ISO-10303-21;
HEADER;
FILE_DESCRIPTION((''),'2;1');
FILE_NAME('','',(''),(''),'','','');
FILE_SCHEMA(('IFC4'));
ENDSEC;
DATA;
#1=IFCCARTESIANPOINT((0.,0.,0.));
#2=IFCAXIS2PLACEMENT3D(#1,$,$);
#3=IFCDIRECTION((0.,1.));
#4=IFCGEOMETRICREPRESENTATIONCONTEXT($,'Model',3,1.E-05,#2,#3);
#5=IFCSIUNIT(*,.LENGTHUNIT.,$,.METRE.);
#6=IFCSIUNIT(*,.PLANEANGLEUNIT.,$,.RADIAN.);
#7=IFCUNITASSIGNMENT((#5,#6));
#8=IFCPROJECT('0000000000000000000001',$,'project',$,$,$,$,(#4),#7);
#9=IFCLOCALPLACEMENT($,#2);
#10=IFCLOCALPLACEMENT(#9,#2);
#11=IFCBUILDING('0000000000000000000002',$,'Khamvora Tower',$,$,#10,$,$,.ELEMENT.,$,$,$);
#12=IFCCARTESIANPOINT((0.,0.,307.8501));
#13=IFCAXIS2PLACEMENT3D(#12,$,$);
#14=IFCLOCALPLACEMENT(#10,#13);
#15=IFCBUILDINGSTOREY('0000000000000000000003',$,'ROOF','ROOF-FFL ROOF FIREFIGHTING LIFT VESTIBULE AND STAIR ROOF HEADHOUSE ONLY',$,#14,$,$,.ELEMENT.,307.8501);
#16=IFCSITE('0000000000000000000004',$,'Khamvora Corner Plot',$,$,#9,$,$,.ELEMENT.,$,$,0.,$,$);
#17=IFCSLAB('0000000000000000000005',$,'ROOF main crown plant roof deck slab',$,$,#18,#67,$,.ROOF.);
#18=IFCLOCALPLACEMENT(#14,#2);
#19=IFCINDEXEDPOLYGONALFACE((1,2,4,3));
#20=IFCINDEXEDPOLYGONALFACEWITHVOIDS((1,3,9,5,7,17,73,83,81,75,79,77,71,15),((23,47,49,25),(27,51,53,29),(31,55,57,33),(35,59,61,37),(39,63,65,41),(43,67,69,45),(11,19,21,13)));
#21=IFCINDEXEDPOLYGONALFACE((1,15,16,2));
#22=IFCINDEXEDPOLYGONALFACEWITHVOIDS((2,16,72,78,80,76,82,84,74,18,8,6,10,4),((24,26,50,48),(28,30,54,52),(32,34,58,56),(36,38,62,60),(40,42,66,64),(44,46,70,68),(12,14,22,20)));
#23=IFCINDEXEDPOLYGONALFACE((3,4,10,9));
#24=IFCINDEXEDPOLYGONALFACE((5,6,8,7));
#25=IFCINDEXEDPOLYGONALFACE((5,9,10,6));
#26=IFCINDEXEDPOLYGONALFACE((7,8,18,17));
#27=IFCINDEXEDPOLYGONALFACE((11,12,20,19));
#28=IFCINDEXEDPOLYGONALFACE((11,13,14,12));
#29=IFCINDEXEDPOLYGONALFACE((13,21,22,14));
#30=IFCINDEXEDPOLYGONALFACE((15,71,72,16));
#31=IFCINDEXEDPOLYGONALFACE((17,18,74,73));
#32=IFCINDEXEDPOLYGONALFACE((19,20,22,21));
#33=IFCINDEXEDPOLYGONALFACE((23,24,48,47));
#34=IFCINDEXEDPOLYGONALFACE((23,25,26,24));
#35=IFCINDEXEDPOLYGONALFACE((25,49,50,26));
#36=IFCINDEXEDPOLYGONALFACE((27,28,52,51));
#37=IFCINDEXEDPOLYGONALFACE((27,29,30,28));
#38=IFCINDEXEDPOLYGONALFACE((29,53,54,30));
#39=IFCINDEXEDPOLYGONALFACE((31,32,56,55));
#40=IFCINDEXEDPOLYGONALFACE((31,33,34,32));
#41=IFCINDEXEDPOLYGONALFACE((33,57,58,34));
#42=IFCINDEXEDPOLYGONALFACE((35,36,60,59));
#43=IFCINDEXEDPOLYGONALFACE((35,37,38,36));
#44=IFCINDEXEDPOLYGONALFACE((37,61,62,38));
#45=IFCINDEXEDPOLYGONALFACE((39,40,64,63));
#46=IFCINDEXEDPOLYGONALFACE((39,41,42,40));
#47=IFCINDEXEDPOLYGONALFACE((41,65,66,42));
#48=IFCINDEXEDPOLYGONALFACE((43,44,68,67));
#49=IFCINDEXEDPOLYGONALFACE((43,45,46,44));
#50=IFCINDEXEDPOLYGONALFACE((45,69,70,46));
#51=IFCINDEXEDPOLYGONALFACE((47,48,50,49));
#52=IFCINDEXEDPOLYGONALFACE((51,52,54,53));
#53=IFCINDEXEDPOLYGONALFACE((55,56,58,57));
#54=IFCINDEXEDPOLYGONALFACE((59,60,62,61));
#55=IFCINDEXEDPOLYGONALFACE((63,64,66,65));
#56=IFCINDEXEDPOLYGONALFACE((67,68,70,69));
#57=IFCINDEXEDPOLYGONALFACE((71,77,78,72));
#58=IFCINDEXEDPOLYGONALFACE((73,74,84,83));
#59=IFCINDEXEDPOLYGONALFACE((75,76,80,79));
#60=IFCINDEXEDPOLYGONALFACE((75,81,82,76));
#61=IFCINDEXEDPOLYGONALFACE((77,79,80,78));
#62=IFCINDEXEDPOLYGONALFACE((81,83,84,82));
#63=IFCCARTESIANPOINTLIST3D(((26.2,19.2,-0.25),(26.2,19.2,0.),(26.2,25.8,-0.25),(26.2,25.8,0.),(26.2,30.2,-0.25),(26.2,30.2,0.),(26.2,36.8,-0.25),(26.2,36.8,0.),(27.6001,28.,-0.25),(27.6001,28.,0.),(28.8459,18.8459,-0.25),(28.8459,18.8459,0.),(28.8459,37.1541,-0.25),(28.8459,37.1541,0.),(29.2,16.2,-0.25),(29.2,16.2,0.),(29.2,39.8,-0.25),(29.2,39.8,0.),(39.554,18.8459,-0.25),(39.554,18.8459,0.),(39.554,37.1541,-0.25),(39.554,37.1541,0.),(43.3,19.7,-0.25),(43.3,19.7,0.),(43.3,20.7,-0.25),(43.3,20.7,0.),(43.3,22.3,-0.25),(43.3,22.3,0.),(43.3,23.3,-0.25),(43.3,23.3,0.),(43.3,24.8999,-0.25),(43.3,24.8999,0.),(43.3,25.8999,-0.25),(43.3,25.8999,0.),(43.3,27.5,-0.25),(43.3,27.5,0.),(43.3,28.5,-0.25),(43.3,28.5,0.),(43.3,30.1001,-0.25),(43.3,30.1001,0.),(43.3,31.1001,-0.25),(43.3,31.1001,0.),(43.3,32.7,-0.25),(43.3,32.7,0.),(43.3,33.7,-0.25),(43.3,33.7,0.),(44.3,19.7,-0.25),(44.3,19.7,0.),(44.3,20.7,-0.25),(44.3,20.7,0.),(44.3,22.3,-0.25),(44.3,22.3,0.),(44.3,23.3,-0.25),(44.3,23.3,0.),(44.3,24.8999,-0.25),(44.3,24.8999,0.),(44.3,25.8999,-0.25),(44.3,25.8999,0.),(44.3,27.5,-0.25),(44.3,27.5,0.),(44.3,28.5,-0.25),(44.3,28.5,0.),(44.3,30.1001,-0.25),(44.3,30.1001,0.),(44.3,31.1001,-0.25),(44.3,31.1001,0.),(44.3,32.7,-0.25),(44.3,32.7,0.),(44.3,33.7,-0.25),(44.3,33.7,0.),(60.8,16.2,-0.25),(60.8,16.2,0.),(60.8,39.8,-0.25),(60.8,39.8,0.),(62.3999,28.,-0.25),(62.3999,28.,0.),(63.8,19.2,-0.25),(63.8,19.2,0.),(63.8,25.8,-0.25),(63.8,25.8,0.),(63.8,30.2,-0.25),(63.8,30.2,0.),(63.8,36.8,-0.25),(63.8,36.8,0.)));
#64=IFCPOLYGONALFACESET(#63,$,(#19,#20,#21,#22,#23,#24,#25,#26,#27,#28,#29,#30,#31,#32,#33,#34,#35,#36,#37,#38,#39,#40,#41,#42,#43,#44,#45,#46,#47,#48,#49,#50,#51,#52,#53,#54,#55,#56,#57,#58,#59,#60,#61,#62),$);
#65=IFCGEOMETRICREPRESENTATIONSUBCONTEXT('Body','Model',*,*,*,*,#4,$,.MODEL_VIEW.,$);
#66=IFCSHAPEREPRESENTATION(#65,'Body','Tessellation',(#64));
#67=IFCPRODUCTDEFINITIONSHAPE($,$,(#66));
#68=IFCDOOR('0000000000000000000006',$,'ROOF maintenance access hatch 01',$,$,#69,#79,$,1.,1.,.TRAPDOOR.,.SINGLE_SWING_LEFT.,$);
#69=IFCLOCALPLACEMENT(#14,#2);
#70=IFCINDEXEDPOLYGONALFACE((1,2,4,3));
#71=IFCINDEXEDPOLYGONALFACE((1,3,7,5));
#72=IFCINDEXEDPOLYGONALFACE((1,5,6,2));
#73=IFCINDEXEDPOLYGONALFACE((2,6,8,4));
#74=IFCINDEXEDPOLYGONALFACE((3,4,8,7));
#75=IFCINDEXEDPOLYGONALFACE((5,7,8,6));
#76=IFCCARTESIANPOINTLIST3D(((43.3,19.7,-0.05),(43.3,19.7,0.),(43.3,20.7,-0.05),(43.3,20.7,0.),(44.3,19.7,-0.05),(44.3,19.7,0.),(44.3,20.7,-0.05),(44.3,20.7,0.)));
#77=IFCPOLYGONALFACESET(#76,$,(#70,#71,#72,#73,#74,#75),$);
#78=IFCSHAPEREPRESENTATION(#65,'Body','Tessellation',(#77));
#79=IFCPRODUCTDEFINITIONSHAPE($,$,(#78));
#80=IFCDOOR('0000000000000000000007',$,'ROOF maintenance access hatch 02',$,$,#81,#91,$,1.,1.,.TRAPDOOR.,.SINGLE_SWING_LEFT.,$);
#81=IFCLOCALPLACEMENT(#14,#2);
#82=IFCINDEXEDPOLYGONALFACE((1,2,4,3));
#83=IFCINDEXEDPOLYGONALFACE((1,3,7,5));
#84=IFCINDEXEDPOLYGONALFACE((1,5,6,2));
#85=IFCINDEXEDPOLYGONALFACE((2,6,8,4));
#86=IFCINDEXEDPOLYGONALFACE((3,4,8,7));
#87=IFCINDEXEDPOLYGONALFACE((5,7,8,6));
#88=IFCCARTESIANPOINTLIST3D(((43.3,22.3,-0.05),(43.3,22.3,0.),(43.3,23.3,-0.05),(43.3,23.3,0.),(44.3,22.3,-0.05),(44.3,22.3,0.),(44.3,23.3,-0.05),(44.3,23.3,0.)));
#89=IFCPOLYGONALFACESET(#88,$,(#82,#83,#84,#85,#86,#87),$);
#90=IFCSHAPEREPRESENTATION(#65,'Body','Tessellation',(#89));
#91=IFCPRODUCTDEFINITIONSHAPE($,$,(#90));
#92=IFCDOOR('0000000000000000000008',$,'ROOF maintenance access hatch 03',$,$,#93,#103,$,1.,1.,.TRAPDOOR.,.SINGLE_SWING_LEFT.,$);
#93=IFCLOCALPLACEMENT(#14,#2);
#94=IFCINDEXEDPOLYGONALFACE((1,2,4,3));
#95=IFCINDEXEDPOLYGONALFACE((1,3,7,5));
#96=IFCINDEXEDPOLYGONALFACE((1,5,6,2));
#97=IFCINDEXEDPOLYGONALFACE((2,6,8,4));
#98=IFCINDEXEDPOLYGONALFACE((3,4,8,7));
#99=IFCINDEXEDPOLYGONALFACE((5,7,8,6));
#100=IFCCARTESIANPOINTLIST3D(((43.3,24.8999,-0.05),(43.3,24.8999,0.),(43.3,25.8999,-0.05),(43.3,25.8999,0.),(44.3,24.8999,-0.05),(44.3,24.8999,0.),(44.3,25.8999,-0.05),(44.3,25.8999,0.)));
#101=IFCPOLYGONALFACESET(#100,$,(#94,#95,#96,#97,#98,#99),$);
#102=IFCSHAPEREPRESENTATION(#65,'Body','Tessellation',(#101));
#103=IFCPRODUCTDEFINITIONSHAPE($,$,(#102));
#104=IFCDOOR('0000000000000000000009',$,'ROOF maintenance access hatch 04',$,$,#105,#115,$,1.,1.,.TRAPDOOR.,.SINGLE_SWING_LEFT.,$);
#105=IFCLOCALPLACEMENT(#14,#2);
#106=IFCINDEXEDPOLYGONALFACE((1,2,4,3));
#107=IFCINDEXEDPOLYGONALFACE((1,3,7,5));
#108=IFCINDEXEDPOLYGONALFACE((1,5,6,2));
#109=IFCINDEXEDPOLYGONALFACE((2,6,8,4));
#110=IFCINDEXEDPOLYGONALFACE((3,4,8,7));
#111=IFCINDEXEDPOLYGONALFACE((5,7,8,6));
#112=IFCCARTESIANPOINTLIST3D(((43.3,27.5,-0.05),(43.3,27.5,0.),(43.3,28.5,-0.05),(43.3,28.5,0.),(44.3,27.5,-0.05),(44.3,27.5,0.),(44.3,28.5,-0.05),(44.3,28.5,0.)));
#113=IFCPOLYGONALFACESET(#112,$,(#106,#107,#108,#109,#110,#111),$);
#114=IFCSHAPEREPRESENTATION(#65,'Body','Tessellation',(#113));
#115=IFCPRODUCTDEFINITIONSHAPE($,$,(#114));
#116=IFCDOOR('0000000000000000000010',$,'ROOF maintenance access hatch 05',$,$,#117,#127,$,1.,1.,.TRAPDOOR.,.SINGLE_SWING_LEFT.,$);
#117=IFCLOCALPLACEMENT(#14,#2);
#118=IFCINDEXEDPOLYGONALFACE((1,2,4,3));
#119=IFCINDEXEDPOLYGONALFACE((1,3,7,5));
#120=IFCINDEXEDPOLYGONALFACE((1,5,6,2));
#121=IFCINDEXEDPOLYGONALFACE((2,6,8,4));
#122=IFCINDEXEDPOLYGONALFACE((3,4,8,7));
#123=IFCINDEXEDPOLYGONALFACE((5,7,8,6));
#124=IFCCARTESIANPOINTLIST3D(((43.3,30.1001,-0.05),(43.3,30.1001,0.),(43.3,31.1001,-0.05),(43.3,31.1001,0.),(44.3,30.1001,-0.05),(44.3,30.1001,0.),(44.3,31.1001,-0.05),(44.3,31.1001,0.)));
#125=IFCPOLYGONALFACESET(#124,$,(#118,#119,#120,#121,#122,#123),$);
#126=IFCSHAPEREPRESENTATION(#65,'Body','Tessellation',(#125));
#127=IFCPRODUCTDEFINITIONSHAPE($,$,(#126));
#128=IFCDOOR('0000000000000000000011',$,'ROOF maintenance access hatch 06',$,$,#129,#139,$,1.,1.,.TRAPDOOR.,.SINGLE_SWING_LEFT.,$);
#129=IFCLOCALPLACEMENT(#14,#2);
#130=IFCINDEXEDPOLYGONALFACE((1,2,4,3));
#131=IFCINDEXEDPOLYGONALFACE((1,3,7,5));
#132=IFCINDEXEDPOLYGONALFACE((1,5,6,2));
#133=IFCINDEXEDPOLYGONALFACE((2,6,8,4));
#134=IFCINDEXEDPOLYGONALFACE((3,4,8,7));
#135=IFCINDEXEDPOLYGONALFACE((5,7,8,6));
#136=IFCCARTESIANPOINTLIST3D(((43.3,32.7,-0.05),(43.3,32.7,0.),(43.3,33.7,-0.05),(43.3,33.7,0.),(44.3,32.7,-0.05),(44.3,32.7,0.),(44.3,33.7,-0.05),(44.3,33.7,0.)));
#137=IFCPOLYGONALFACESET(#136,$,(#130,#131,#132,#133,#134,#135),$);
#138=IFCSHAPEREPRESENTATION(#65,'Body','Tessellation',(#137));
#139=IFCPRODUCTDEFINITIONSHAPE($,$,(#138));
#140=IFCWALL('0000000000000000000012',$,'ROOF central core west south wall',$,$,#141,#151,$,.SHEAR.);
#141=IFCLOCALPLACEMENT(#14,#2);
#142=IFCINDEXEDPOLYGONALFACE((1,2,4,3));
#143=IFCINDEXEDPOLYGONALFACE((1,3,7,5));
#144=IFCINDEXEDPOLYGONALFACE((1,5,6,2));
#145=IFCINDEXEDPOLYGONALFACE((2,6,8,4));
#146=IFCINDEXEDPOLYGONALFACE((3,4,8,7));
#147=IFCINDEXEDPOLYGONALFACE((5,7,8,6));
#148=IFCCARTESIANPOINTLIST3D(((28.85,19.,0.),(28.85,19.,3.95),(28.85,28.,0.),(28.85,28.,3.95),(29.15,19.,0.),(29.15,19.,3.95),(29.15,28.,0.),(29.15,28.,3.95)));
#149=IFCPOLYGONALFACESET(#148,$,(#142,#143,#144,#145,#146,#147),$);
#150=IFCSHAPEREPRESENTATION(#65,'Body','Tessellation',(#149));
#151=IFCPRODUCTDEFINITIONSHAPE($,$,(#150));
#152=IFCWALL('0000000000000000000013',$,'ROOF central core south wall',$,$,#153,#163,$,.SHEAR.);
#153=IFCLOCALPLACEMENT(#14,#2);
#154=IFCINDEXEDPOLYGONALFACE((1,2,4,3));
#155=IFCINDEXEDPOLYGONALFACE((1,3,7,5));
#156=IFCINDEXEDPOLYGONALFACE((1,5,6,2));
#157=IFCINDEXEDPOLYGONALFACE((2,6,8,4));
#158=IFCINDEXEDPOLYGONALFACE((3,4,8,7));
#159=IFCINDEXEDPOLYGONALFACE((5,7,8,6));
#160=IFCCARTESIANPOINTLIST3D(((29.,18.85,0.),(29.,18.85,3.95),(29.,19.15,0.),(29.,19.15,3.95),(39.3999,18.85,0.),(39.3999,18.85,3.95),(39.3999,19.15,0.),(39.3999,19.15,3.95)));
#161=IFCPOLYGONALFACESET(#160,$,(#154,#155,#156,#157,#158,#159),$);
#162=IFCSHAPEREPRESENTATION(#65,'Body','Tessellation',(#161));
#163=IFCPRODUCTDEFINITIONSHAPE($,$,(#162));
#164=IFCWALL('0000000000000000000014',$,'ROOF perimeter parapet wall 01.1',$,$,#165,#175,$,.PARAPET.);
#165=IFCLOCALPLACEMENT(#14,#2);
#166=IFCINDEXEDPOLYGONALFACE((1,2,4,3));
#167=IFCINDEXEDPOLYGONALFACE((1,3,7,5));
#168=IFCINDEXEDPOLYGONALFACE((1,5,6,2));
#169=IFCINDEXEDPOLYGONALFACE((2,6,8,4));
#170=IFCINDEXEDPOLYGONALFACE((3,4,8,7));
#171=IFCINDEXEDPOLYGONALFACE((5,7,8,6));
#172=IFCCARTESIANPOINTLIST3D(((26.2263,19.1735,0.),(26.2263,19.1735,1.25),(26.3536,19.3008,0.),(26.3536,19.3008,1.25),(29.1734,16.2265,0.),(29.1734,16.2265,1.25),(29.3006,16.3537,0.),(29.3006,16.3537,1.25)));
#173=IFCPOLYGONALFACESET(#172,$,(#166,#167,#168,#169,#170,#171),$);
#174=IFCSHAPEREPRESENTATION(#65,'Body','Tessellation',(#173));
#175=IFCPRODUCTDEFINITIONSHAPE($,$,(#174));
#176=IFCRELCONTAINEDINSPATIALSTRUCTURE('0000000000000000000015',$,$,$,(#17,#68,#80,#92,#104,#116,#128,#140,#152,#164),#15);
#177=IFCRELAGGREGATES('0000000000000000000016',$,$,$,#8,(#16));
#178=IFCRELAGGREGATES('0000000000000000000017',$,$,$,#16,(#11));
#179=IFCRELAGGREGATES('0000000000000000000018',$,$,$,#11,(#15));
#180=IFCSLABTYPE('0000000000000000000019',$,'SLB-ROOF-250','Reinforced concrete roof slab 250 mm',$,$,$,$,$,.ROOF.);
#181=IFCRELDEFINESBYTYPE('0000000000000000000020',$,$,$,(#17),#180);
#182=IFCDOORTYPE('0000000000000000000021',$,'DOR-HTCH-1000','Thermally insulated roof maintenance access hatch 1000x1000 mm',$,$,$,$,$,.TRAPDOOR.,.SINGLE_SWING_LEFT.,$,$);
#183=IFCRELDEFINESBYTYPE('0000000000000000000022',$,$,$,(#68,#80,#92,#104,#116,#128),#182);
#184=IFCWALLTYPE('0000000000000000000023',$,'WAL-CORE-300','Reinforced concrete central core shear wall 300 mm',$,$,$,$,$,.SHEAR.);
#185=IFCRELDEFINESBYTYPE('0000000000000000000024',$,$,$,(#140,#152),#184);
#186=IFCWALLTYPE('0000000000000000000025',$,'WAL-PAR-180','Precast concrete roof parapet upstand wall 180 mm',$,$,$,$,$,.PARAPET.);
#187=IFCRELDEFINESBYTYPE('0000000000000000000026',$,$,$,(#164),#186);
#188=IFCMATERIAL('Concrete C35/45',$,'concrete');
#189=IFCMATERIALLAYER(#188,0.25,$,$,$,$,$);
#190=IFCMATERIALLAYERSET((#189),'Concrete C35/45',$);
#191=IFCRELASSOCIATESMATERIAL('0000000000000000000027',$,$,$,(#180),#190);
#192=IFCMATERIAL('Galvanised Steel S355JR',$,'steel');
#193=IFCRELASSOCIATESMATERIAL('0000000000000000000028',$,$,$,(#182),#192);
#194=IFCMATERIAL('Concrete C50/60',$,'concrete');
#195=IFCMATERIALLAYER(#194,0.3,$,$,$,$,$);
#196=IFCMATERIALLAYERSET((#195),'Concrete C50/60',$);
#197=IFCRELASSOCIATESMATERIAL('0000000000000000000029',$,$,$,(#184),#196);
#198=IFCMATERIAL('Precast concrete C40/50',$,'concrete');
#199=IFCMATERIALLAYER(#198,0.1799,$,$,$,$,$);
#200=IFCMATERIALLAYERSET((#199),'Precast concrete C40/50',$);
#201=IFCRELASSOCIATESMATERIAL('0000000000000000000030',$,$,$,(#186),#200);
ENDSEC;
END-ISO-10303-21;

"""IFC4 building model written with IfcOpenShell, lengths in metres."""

from ifc_helpers import new_model, si_unit, direction, frame, frame_2d, origin, origin_2d, place, context, subcontext, project, spatial, polyline, rectangle, outline, extrude, material, layer, layer_set, type_object, element, fill, save


model = new_model("IFC4")

# Units and contexts
model_context = context("Model", 3, precision=1e-05, world=origin(), true_north=direction((0.0, 1.0)))
body_context = subcontext(model_context, "Body", "Model", "MODEL_VIEW")
ifc_project = project(units=[si_unit("LENGTHUNIT", "METRE"), si_unit("PLANEANGLEUNIT", "RADIAN")], contexts=[model_context])

# Site, building, storey
site_placement = place(None, origin())
site = spatial("IfcSite", under=ifc_project, at=site_placement, Name="Khamvora Corner Plot", CompositionType="ELEMENT", RefElevation=0.0)
building_placement = place(site_placement, origin())
building = spatial("IfcBuilding", under=site, at=building_placement, Name="Khamvora Tower", CompositionType="ELEMENT")
storey_placement = place(building_placement, frame((0.0, 0.0, 307.8501)))
storey = spatial("IfcBuildingStorey", under=building, at=storey_placement, Name="ROOF", Description="ROOF-FFL ROOF FIREFIGHTING LIFT VESTIBULE AND STAIR ROOF HEADHOUSE ONLY", CompositionType="ELEMENT", Elevation=307.8501)

# Shared definitions
ifc_material_1 = material(Name="Concrete C35/45", Category="concrete")

# Slab, openings, doors
ifc_layer_1 = layer(ifc_material_1, 0.25)
ifc_layer_set_1 = layer_set([ifc_layer_1], Name="Concrete C35/45")
slab_type_1 = type_object("IfcSlabType", Name="SLB-ROOF-250", Description="Reinforced concrete roof slab 250 mm", PredefinedType="ROOF", material=ifc_layer_set_1)
slab_1_placement = place(storey_placement, frame((0.0, 0.0, -0.25)))
slab_1 = element("IfcSlab", 1, at=slab_1_placement, inside=storey, type_object=slab_type_1, Name="ROOF main crown plant roof deck slab", PredefinedType="ROOF", context=body_context, shape_type="SweptSolid", body=[
    extrude(outline(polyline([(29.2, 16.2), (60.8, 16.2), (63.8, 19.2), (63.8, 25.8), (62.3999, 28.0), (63.8, 30.2), (63.8, 36.8), (60.8, 39.8), (29.2, 39.8), (26.2, 36.8), (26.2, 30.2), (27.6001, 28.0), (26.2, 25.8), (26.2, 19.2), (29.2, 16.2)]), holes=[polyline([(28.8459, 18.8459), (39.554, 18.8459), (39.554, 37.1541), (28.8459, 37.1541), (28.8459, 18.8459)])]), origin(), (0.0, 0.0, 1.0), 0.25),
])
opening_1_placement = place(slab_1_placement, frame((43.8, 20.2, 0.0)))
opening_1 = element("IfcOpeningElement", 2, at=opening_1_placement, cuts=slab_1, PredefinedType="OPENING", context=body_context, shape_type="SweptSolid", body=[
    extrude(rectangle(XDim=1.0, YDim=1.0, at=origin_2d()), frame((0.0, 0.0, -0.01)), (0.0, 0.0, 1.0), 0.27),
])
opening_2_placement = place(slab_1_placement, frame((43.8, 22.8, 0.0)))
opening_2 = element("IfcOpeningElement", 3, at=opening_2_placement, cuts=slab_1, PredefinedType="OPENING", context=body_context, shape_type="SweptSolid", body=[
    extrude(rectangle(XDim=1.0, YDim=1.0, at=origin_2d()), frame((0.0, 0.0, -0.01)), (0.0, 0.0, 1.0), 0.27),
])
opening_3_placement = place(slab_1_placement, frame((43.8, 25.3999, 0.0)))
opening_3 = element("IfcOpeningElement", 4, at=opening_3_placement, cuts=slab_1, PredefinedType="OPENING", context=body_context, shape_type="SweptSolid", body=[
    extrude(rectangle(XDim=1.0, YDim=1.0, at=origin_2d()), frame((0.0, 0.0, -0.01)), (0.0, 0.0, 1.0), 0.27),
])
opening_4_placement = place(slab_1_placement, frame((43.8, 28.0, 0.0)))
opening_4 = element("IfcOpeningElement", 5, at=opening_4_placement, cuts=slab_1, PredefinedType="OPENING", context=body_context, shape_type="SweptSolid", body=[
    extrude(rectangle(XDim=1.0, YDim=1.0, at=origin_2d()), frame((0.0, 0.0, -0.01)), (0.0, 0.0, 1.0), 0.27),
])
opening_5_placement = place(slab_1_placement, frame((43.8, 30.6001, 0.0)))
opening_5 = element("IfcOpeningElement", 6, at=opening_5_placement, cuts=slab_1, PredefinedType="OPENING", context=body_context, shape_type="SweptSolid", body=[
    extrude(rectangle(XDim=1.0, YDim=1.0, at=origin_2d()), frame((0.0, 0.0, -0.01)), (0.0, 0.0, 1.0), 0.27),
])
opening_6_placement = place(slab_1_placement, frame((43.8, 33.2, 0.0)))
opening_6 = element("IfcOpeningElement", 7, at=opening_6_placement, cuts=slab_1, PredefinedType="OPENING", context=body_context, shape_type="SweptSolid", body=[
    extrude(rectangle(XDim=1.0, YDim=1.0, at=origin_2d()), frame((0.0, 0.0, -0.01)), (0.0, 0.0, 1.0), 0.27),
])
ifc_material_2 = material(Name="Galvanised Steel S355JR", Category="steel")
door_type = type_object("IfcDoorType", Name="DOR-HTCH-1000", Description="Thermally insulated roof maintenance access hatch 1000x1000 mm", OperationType="SINGLE_SWING_LEFT", PredefinedType="TRAPDOOR", material=ifc_material_2)
door_1_placement = place(opening_1_placement, frame((0.0, 0.0, 0.2)))
door_1 = element("IfcDoor", 8, at=door_1_placement, inside=storey, type_object=door_type, Name="ROOF maintenance access hatch 01", OperationType="SINGLE_SWING_LEFT", OverallHeight=1.0, OverallWidth=1.0, PredefinedType="TRAPDOOR", context=body_context, shape_type="SweptSolid", body=[
    extrude(rectangle(XDim=1.0, YDim=1.0, at=origin_2d()), origin(), (0.0, 0.0, 1.0), 0.05),
])
fill(opening_1, door_1)
door_2_placement = place(opening_2_placement, frame((0.0, 0.0, 0.2)))
door_2 = element("IfcDoor", 9, at=door_2_placement, inside=storey, type_object=door_type, Name="ROOF maintenance access hatch 02", OperationType="SINGLE_SWING_LEFT", OverallHeight=1.0, OverallWidth=1.0, PredefinedType="TRAPDOOR", context=body_context, shape_type="SweptSolid", body=[
    extrude(rectangle(XDim=1.0, YDim=1.0, at=origin_2d()), origin(), (0.0, 0.0, 1.0), 0.05),
])
fill(opening_2, door_2)
door_3_placement = place(opening_3_placement, frame((0.0, 0.0, 0.2)))
door_3 = element("IfcDoor", 10, at=door_3_placement, inside=storey, type_object=door_type, Name="ROOF maintenance access hatch 03", OperationType="SINGLE_SWING_LEFT", OverallHeight=1.0, OverallWidth=1.0, PredefinedType="TRAPDOOR", context=body_context, shape_type="SweptSolid", body=[
    extrude(rectangle(XDim=1.0, YDim=1.0, at=origin_2d()), origin(), (0.0, 0.0, 1.0), 0.05),
])
fill(opening_3, door_3)
door_4_placement = place(opening_4_placement, frame((0.0, 0.0, 0.2)))
door_4 = element("IfcDoor", 11, at=door_4_placement, inside=storey, type_object=door_type, Name="ROOF maintenance access hatch 04", OperationType="SINGLE_SWING_LEFT", OverallHeight=1.0, OverallWidth=1.0, PredefinedType="TRAPDOOR", context=body_context, shape_type="SweptSolid", body=[
    extrude(rectangle(XDim=1.0, YDim=1.0, at=origin_2d()), origin(), (0.0, 0.0, 1.0), 0.05),
])
fill(opening_4, door_4)
door_5_placement = place(opening_5_placement, frame((0.0, 0.0, 0.2)))
door_5 = element("IfcDoor", 12, at=door_5_placement, inside=storey, type_object=door_type, Name="ROOF maintenance access hatch 05", OperationType="SINGLE_SWING_LEFT", OverallHeight=1.0, OverallWidth=1.0, PredefinedType="TRAPDOOR", context=body_context, shape_type="SweptSolid", body=[
    extrude(rectangle(XDim=1.0, YDim=1.0, at=origin_2d()), origin(), (0.0, 0.0, 1.0), 0.05),
])
fill(opening_5, door_5)
door_6_placement = place(opening_6_placement, frame((0.0, 0.0, 0.2)))
door_6 = element("IfcDoor", 13, at=door_6_placement, inside=storey, type_object=door_type, Name="ROOF maintenance access hatch 06", OperationType="SINGLE_SWING_LEFT", OverallHeight=1.0, OverallWidth=1.0, PredefinedType="TRAPDOOR", context=body_context, shape_type="SweptSolid", body=[
    extrude(rectangle(XDim=1.0, YDim=1.0, at=origin_2d()), origin(), (0.0, 0.0, 1.0), 0.05),
])
fill(opening_6, door_6)

# Walls
ifc_material_3 = material(Name="Concrete C50/60", Category="concrete")
ifc_layer_2 = layer(ifc_material_3, 0.3)
ifc_layer_set_2 = layer_set([ifc_layer_2], Name="Concrete C50/60")
wall_type_1 = type_object("IfcWallType", Name="WAL-CORE-300", Description="Reinforced concrete central core shear wall 300 mm", PredefinedType="SHEAR", material=ifc_layer_set_2)
wall_1_placement = place(storey_placement, frame((29.0, 19.0, 0.0), z_axis=(0.0, 0.0, 1.0), x_axis=(0.0, 1.0, 0.0)))
element("IfcWall", 14, at=wall_1_placement, inside=storey, type_object=wall_type_1, Name="ROOF central core west south wall", PredefinedType="SHEAR", context=body_context, shape_type="SweptSolid", body=[
    extrude(rectangle(XDim=9.0, YDim=0.3, at=frame_2d((4.5, 0.0))), origin(), (0.0, 0.0, 1.0), 3.95),
])
wall_2_placement = place(storey_placement, frame((29.0, 19.0, 0.0), z_axis=(0.0, 0.0, 1.0), x_axis=(1.0, 0.0, 0.0)))
element("IfcWall", 15, at=wall_2_placement, inside=storey, type_object=wall_type_1, Name="ROOF central core south wall", PredefinedType="SHEAR", context=body_context, shape_type="SweptSolid", body=[
    extrude(rectangle(XDim=10.3999, YDim=0.3, at=frame_2d((5.2, 0.0))), origin(), (0.0, 0.0, 1.0), 3.95),
])
ifc_material_4 = material(Name="Precast concrete C40/50", Category="concrete")
ifc_layer_3 = layer(ifc_material_4, 0.1799)
ifc_layer_set_3 = layer_set([ifc_layer_3], Name="Precast concrete C40/50")
wall_type_2 = type_object("IfcWallType", Name="WAL-PAR-180", Description="Precast concrete roof parapet upstand wall 180 mm", PredefinedType="PARAPET", material=ifc_layer_set_3)
wall_3_placement = place(storey_placement, frame((29.2371, 16.29, 0.0), z_axis=(0.0, 0.0, 1.0), x_axis=(-0.707107, 0.707107, 0.0)))
element("IfcWall", 16, at=wall_3_placement, inside=storey, type_object=wall_type_2, Name="ROOF perimeter parapet wall 01.1", PredefinedType="PARAPET", context=body_context, shape_type="SweptSolid", body=[
    extrude(rectangle(XDim=4.1677, YDim=0.1799, at=frame_2d((2.084, 0.0))), origin(), (0.0, 0.0, 1.0), 1.25),
])

save(model, "model.ifc")
